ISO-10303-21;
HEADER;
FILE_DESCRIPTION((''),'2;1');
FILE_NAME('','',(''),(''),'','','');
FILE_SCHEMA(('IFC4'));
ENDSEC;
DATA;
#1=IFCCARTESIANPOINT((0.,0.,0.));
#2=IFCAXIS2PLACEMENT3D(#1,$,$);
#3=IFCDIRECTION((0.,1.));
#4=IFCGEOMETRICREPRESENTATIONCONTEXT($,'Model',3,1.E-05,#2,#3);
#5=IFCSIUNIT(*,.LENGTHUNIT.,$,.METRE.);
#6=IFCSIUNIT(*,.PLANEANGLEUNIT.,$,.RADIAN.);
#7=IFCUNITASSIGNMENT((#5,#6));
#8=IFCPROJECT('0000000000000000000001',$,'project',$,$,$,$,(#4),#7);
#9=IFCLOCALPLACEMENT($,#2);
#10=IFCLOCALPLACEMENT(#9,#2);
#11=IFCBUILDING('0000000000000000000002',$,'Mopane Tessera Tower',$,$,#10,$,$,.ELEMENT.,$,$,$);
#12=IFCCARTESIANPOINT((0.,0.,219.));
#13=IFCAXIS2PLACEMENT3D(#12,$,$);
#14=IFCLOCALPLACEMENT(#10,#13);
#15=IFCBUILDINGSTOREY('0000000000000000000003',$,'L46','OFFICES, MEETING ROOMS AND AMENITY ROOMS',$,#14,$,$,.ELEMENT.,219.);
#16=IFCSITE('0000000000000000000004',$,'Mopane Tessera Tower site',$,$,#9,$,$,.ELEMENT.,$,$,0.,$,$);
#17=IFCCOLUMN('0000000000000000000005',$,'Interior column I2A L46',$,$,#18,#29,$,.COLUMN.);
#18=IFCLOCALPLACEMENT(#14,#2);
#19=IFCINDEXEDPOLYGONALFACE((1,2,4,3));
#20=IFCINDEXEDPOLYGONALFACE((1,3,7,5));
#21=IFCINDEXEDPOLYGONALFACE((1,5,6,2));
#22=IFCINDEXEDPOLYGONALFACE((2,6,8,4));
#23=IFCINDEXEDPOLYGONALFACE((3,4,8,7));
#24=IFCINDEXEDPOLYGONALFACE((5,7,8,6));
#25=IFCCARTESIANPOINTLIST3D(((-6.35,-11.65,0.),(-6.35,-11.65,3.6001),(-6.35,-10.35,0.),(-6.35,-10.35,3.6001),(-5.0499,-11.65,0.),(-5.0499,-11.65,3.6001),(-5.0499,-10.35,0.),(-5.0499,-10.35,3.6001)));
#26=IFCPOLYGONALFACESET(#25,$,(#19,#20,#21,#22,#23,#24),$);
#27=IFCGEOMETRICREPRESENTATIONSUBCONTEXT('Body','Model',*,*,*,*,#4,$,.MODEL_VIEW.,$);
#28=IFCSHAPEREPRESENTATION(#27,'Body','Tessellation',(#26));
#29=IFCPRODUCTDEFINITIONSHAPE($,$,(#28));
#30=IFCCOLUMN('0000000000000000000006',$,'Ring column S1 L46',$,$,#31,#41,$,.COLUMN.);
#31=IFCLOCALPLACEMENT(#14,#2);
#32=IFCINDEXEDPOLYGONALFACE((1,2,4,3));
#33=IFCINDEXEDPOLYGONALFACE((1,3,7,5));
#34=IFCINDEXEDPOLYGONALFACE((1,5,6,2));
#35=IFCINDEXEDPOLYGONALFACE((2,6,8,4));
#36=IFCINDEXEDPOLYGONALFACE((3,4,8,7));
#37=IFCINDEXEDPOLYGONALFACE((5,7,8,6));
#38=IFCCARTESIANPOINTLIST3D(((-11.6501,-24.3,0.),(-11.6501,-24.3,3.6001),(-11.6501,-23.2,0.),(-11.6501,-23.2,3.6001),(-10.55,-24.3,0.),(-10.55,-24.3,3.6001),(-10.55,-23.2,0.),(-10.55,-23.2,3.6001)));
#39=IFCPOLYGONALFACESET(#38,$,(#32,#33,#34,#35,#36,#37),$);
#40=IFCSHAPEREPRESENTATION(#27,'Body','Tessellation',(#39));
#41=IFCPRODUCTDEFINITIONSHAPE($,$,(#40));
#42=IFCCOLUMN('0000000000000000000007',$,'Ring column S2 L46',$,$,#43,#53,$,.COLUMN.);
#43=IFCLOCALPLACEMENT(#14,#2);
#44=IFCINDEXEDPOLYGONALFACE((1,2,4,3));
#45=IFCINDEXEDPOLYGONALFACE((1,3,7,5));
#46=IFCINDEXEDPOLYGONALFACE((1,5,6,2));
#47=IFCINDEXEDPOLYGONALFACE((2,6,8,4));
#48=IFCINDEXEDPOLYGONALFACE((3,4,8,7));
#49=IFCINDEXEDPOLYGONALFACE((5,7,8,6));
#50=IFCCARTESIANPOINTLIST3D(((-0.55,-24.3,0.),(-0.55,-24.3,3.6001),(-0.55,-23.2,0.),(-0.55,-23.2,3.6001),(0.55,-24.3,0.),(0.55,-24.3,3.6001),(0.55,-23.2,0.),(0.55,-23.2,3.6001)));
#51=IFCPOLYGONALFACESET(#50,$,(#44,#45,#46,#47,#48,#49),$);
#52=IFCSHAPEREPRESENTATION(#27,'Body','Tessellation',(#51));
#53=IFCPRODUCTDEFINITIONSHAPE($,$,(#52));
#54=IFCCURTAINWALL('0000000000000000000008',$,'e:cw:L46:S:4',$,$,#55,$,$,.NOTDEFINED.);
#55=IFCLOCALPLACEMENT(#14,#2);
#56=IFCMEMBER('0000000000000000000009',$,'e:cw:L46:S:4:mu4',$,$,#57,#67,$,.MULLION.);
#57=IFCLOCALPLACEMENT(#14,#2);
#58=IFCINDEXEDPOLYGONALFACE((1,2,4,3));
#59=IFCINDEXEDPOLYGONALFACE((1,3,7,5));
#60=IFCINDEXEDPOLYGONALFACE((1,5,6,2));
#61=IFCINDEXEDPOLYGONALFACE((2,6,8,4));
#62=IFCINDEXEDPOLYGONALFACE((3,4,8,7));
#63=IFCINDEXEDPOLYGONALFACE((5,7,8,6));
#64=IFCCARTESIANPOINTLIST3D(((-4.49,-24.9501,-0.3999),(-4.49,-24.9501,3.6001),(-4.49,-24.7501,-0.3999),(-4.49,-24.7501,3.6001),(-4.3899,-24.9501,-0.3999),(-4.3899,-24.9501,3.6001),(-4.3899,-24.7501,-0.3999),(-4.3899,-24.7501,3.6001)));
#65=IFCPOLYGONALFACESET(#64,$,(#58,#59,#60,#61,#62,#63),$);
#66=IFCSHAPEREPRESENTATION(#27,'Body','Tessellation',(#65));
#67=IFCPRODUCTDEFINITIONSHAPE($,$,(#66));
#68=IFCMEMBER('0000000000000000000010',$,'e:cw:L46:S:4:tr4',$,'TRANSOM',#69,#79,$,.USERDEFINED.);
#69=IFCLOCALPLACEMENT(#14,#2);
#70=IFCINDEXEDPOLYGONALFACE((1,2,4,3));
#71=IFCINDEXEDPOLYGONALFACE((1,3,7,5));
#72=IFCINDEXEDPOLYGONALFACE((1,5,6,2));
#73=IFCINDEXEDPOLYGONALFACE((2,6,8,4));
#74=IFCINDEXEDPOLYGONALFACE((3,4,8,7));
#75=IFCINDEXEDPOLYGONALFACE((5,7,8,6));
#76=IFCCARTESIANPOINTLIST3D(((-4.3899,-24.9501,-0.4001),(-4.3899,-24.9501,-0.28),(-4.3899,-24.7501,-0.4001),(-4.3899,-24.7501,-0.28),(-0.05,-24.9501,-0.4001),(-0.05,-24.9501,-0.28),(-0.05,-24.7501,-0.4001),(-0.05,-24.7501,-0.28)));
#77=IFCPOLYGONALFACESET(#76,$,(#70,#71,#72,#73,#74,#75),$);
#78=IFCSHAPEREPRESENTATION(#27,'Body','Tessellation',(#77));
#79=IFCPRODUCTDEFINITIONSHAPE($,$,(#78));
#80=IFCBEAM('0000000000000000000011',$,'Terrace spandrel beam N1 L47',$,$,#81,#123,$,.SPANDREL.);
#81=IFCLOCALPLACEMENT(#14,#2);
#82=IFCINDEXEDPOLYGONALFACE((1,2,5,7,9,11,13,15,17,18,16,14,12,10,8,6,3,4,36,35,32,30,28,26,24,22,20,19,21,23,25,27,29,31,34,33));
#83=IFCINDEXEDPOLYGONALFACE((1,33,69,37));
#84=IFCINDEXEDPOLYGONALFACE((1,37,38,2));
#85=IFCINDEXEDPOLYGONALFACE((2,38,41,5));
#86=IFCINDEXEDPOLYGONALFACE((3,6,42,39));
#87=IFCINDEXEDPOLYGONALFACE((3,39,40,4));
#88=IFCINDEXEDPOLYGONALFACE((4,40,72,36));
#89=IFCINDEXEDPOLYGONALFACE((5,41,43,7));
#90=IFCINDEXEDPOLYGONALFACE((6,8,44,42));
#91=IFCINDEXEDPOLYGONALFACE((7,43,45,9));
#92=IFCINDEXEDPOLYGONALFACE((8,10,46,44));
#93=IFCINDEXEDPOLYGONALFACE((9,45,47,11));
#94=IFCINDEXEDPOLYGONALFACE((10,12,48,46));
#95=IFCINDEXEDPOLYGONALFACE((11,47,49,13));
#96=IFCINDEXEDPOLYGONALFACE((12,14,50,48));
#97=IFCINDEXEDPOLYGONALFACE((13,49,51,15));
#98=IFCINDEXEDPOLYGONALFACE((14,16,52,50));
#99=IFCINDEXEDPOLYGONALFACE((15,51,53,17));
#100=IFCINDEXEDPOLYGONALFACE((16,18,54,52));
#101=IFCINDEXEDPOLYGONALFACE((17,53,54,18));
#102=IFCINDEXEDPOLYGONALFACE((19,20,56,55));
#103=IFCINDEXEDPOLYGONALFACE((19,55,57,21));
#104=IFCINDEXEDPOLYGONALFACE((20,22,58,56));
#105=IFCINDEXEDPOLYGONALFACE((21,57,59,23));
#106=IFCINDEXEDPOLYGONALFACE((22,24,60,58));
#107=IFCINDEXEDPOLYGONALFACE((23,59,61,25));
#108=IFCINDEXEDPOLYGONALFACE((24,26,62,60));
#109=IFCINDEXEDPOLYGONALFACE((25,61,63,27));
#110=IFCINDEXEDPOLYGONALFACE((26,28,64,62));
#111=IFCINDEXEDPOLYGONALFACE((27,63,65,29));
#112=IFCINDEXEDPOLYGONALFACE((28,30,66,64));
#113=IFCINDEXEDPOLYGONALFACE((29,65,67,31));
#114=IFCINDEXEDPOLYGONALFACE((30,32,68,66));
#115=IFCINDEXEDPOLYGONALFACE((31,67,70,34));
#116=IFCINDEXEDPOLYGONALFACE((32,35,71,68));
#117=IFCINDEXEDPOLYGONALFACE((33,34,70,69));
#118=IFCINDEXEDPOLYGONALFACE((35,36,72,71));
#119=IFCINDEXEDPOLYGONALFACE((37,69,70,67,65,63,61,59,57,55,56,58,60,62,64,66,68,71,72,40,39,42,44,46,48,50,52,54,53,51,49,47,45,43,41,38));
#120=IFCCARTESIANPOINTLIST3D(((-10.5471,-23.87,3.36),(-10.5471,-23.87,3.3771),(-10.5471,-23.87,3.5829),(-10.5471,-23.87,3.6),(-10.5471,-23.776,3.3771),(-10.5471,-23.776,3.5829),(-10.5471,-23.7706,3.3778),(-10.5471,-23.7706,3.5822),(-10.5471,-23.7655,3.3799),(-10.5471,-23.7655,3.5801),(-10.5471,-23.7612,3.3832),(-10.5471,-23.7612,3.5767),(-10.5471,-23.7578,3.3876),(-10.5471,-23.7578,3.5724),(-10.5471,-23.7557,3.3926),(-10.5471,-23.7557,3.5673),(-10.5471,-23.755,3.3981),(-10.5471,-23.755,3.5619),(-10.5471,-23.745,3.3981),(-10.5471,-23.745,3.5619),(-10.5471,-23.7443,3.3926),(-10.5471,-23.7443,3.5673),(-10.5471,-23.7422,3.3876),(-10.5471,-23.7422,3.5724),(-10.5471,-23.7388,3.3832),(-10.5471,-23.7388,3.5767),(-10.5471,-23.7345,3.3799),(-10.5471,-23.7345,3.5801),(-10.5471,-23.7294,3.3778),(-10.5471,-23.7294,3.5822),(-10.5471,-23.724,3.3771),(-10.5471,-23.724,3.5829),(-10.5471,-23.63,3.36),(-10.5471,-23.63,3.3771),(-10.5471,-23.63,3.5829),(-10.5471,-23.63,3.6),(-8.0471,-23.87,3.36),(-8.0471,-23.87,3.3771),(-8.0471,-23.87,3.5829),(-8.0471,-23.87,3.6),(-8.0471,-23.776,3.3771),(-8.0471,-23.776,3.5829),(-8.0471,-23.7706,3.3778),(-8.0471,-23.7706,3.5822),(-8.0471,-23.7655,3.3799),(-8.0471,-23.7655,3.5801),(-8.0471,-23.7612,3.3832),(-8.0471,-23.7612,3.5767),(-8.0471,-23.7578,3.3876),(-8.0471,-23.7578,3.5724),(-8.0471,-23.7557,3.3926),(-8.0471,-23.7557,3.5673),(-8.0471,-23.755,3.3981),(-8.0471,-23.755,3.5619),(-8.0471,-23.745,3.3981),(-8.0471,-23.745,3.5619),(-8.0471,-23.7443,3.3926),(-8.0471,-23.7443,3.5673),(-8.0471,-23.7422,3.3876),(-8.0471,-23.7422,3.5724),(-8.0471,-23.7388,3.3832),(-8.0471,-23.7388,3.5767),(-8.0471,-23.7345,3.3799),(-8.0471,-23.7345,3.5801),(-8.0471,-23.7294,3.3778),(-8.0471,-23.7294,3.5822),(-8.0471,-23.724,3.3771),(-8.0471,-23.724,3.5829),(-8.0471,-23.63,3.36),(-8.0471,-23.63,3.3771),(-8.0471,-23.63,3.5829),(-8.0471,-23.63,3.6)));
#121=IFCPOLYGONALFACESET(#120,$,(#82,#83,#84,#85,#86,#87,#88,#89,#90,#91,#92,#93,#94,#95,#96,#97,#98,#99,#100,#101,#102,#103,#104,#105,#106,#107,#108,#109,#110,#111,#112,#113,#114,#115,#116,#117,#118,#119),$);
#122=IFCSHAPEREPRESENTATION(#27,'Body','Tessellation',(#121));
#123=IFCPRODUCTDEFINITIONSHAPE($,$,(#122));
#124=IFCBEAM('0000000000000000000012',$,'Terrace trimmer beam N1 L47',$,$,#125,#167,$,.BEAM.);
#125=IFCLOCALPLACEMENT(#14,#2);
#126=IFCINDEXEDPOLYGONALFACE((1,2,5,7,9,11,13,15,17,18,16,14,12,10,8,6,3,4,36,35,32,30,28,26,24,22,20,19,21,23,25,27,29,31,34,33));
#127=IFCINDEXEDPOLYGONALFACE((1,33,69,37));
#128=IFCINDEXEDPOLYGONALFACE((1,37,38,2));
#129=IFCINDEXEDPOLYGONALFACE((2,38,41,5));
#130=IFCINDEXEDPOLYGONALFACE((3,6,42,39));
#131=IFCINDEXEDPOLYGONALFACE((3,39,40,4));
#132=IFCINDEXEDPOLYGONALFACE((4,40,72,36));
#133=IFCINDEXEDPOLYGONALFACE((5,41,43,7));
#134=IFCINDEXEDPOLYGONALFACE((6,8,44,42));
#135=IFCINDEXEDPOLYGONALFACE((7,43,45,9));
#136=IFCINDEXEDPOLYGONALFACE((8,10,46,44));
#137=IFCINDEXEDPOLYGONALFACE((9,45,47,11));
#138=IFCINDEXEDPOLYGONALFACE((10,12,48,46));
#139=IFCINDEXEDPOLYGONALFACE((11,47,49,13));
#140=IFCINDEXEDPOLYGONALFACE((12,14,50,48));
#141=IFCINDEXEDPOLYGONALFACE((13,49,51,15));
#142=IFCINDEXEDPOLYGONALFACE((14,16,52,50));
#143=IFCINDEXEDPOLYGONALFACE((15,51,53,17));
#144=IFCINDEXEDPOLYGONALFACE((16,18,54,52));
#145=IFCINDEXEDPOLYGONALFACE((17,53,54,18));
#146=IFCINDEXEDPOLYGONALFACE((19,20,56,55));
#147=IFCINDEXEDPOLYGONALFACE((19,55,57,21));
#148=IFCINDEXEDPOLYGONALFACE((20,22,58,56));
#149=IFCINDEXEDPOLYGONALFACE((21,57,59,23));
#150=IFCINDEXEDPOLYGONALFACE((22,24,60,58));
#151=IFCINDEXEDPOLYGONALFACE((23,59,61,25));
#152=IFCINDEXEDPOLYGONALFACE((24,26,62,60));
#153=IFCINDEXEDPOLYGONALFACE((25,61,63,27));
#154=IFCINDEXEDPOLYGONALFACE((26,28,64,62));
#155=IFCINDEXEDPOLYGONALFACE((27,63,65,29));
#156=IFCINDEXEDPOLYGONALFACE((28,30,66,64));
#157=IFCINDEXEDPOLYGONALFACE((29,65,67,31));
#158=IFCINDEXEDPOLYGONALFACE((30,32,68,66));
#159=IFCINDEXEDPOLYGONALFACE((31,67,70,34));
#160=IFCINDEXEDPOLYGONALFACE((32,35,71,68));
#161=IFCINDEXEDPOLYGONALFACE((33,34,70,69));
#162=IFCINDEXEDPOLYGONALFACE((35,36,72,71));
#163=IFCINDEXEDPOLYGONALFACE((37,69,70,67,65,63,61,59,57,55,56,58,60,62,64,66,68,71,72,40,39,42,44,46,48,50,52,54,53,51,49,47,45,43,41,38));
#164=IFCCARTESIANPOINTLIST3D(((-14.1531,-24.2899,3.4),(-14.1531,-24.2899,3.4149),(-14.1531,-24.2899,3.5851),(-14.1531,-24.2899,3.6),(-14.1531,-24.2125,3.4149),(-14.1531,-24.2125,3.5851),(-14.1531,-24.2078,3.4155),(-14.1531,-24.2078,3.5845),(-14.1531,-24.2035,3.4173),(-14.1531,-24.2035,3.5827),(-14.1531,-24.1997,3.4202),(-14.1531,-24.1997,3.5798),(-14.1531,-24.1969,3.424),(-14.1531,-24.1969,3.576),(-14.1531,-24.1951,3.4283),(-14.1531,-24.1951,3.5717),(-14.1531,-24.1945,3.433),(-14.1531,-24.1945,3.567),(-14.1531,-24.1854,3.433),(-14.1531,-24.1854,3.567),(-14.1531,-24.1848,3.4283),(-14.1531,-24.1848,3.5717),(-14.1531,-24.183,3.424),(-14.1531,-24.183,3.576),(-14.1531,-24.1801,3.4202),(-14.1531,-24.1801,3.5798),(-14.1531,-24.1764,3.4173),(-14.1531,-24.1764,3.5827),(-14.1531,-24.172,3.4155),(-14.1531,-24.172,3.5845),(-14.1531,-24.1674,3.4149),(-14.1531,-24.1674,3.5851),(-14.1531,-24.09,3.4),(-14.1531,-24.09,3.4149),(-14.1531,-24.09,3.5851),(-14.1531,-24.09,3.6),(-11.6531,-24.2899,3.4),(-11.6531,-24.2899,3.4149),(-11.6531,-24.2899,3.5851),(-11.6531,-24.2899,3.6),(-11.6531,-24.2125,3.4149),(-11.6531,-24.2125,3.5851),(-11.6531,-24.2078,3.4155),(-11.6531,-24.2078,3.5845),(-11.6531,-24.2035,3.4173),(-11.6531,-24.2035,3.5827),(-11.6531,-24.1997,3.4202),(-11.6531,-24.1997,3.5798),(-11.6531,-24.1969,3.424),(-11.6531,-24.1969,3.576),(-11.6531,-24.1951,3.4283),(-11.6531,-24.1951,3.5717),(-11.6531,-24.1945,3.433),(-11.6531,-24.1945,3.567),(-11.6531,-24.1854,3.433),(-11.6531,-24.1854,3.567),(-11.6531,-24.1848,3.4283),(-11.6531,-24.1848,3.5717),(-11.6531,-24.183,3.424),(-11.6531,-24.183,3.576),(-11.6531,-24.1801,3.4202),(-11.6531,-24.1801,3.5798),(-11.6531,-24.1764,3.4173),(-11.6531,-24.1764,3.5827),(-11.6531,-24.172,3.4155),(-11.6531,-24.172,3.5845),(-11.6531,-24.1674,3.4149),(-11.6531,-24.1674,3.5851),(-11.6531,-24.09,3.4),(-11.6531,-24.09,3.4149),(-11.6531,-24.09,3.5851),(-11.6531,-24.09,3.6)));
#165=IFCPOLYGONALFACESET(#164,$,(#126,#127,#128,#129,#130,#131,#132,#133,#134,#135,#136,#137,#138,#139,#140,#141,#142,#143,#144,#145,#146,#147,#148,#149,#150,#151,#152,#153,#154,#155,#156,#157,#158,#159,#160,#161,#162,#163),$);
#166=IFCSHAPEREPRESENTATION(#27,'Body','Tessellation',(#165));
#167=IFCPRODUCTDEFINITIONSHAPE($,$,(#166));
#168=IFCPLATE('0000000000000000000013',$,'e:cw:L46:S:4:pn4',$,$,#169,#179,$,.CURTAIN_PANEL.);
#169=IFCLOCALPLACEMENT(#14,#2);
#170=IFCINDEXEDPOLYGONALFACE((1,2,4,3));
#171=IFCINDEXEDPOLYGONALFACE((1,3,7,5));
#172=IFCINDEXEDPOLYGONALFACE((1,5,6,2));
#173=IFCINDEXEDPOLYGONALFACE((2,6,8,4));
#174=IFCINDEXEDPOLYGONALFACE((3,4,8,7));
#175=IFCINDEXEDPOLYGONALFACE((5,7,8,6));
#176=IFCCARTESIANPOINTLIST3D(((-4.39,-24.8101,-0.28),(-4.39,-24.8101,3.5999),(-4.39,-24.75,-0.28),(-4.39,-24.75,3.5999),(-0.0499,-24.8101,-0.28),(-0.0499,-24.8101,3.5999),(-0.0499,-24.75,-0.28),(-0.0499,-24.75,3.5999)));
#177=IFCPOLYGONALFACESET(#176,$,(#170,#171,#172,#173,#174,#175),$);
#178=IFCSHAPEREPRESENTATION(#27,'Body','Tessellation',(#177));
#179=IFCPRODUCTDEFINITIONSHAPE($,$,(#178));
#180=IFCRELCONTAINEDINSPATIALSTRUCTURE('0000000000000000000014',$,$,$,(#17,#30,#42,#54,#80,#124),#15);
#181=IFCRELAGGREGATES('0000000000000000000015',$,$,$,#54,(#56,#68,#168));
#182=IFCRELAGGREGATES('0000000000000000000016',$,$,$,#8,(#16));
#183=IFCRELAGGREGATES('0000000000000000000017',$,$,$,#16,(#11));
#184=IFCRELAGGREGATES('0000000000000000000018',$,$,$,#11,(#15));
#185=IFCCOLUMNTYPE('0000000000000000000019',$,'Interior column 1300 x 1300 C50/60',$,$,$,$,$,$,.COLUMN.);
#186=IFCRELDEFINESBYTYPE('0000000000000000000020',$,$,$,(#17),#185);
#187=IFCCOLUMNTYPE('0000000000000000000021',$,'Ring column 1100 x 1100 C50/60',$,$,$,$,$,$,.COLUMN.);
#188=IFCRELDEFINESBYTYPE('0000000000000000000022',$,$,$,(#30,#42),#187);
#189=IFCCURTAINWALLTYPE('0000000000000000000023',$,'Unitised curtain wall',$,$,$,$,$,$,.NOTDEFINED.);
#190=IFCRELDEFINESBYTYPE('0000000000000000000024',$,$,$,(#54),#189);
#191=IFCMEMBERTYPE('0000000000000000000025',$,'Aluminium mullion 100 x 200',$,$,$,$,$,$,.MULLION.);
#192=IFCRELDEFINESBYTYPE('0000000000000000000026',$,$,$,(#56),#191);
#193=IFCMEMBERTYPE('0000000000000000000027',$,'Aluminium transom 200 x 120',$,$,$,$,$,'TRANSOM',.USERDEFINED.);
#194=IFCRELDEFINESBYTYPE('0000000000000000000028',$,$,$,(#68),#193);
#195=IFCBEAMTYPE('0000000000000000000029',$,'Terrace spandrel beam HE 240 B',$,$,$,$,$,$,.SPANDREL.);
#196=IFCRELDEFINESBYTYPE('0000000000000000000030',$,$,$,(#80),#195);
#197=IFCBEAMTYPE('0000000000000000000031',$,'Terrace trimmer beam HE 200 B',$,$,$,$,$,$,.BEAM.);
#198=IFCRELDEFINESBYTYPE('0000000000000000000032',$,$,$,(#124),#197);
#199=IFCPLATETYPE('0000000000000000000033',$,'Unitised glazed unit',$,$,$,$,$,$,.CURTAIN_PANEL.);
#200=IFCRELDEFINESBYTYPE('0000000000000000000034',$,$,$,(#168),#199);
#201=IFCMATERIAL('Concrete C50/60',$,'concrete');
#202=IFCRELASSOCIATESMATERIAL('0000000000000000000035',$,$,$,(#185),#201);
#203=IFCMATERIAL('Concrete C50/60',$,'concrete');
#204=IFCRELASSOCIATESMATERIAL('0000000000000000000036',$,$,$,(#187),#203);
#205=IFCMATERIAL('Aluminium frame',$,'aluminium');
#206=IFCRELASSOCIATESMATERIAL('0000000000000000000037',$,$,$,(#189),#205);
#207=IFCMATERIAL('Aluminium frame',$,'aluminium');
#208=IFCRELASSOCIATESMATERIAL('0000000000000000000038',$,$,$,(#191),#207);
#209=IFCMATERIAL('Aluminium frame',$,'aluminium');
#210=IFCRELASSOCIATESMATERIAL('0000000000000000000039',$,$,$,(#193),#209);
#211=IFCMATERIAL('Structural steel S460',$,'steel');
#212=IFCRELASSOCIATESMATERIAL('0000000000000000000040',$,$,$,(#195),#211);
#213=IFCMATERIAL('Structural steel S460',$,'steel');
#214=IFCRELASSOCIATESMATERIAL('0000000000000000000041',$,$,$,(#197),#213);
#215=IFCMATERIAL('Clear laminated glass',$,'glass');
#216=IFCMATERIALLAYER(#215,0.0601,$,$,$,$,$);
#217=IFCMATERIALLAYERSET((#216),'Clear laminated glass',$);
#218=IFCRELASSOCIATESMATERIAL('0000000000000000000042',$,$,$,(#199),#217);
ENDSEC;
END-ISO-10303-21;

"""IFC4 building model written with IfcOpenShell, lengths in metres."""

from ifc_helpers import new_model, si_unit, direction, frame, origin, origin_2d, place, context, subcontext, project, spatial, rectangle, i_section, extrude, material, layer, layer_set, material_profile, profile_set, type_object, element, aggregate, save


model = new_model("IFC4")

# Units and contexts
model_context = context("Model", 3, precision=1e-05, world=origin(), true_north=direction((0.0, 1.0)))
body_context = subcontext(model_context, "Body", "Model", "MODEL_VIEW")
ifc_project = project(units=[si_unit("LENGTHUNIT", "METRE"), si_unit("PLANEANGLEUNIT", "RADIAN")], contexts=[model_context])

# Site, building, storey
site_placement = place(None, origin())
site = spatial("IfcSite", under=ifc_project, at=site_placement, Name="Mopane Tessera Tower site", CompositionType="ELEMENT", RefElevation=0.0)
building_placement = place(site_placement, origin())
building = spatial("IfcBuilding", under=site, at=building_placement, Name="Mopane Tessera Tower", CompositionType="ELEMENT")
storey_placement = place(building_placement, frame((0.0, 0.0, 219.0)))
storey = spatial("IfcBuildingStorey", under=building, at=storey_placement, Name="L46", Description="OFFICES, MEETING ROOMS AND AMENITY ROOMS", CompositionType="ELEMENT", Elevation=219.0)

# Columns
ifc_material_1 = material(Name="Concrete C50/60", Category="concrete")
ifc_material_profile_1 = material_profile(ifc_material_1, rectangle(XDim=1.3, YDim=1.3, at=origin_2d()))
ifc_profile_set_1 = profile_set([ifc_material_profile_1], Name="Concrete C50/60")
column_type_1 = type_object("IfcColumnType", Name="Interior column 1300 x 1300 C50/60", PredefinedType="COLUMN", material=ifc_profile_set_1)
column_placement = place(storey_placement, frame((-5.7, -11.0, 0.0), z_axis=(0.0, 0.0, 1.0), x_axis=(1.0, 0.0, 0.0)))
element("IfcColumn", 1, at=column_placement, inside=storey, type_object=column_type_1, Name="Interior column I2A L46", PredefinedType="COLUMN", context=body_context, shape_type="SweptSolid", body=[
    extrude(rectangle(XDim=1.3, YDim=1.3, at=origin_2d()), origin(), (0.0, 0.0, 1.0), 3.6001),
])
ifc_material_2 = material(Name="Concrete C50/60", Category="concrete")
ifc_material_profile_2 = material_profile(ifc_material_2, rectangle(XDim=1.1001, YDim=1.1001, at=origin_2d()))
ifc_profile_set_2 = profile_set([ifc_material_profile_2], Name="Concrete C50/60")
column_type_2 = type_object("IfcColumnType", Name="Ring column 1100 x 1100 C50/60", PredefinedType="COLUMN", material=ifc_profile_set_2)
for number, where, z_axis, x_axis, name in (
    (2, (-11.1001, -23.75, 0.0), (0.0, 0.0, 1.0), (1.0, 0.0, 0.0), "Ring column S1 L46"),
    (3, (0.0, -23.75, 0.0), (0.0, 0.0, 1.0), (1.0, 0.0, 0.0), "Ring column S2 L46"),
):
    element("IfcColumn", number, at=place(storey_placement, frame(where, z_axis=z_axis, x_axis=x_axis)), inside=storey, type_object=column_type_2, Name=name, PredefinedType="COLUMN", context=body_context, shape_type="SweptSolid", body=[
        extrude(rectangle(XDim=1.1001, YDim=1.1001, at=origin_2d()), origin(), (0.0, 0.0, 1.0), 3.6001),
    ])

# Curtain wall, members
ifc_material_3 = material(Name="Aluminium frame", Category="aluminium")
curtain_wall_type = type_object("IfcCurtainWallType", Name="Unitised curtain wall", PredefinedType="NOTDEFINED", material=ifc_material_3)
curtain_wall_placement = place(storey_placement, origin())
curtain_wall = element("IfcCurtainWall", 4, at=curtain_wall_placement, inside=storey, type_object=curtain_wall_type, Name="e:cw:L46:S:4", PredefinedType="NOTDEFINED")
ifc_material_4 = material(Name="Aluminium frame", Category="aluminium")
ifc_material_profile_3 = material_profile(ifc_material_4, rectangle(XDim=0.1001, YDim=0.2, at=origin_2d()))
ifc_profile_set_3 = profile_set([ifc_material_profile_3], Name="Aluminium frame")
member_type_1 = type_object("IfcMemberType", Name="Aluminium mullion 100 x 200", PredefinedType="MULLION", material=ifc_profile_set_3)
member_1_placement = place(storey_placement, frame((-4.4399, -24.8501, -0.3999), z_axis=(0.0, 0.0, 1.0), x_axis=(1.0, 0.0, 0.0)))
member_1 = element("IfcMember", 5, at=member_1_placement, type_object=member_type_1, Name="e:cw:L46:S:4:mu4", PredefinedType="MULLION", context=body_context, shape_type="SweptSolid", body=[
    extrude(rectangle(XDim=0.1001, YDim=0.2, at=origin_2d()), origin(), (0.0, 0.0, 1.0), 4.0),
])
ifc_material_5 = material(Name="Aluminium frame", Category="aluminium")
ifc_material_profile_4 = material_profile(ifc_material_5, rectangle(XDim=0.2, YDim=0.1201, at=origin_2d()))
ifc_profile_set_4 = profile_set([ifc_material_profile_4], Name="Aluminium frame")
member_type_2 = type_object("IfcMemberType", Name="Aluminium transom 200 x 120", ElementType="TRANSOM", PredefinedType="USERDEFINED", material=ifc_profile_set_4)
member_2_placement = place(storey_placement, frame((-4.3899, -24.8501, -0.3401), z_axis=(1.0, 0.0, 0.0), x_axis=(0.0, 1.0, 0.0)))
member_2 = element("IfcMember", 6, at=member_2_placement, type_object=member_type_2, Name="e:cw:L46:S:4:tr4", ObjectType="TRANSOM", PredefinedType="USERDEFINED", context=body_context, shape_type="SweptSolid", body=[
    extrude(rectangle(XDim=0.2, YDim=0.1201, at=origin_2d()), origin(), (0.0, 0.0, 1.0), 4.3398),
])

# Beams
ifc_material_6 = material(Name="Structural steel S460", Category="steel")
ifc_material_profile_5 = material_profile(ifc_material_6, i_section(OverallWidth=0.24, OverallDepth=0.24, WebThickness=0.01, FlangeThickness=0.0171, FilletRadius=0.021, at=origin_2d()))
ifc_profile_set_5 = profile_set([ifc_material_profile_5], Name="Structural steel S460")
beam_type_1 = type_object("IfcBeamType", Name="Terrace spandrel beam HE 240 B", PredefinedType="SPANDREL", material=ifc_profile_set_5)
beam_1_placement = place(storey_placement, frame((-10.5471, -23.75, 3.48), z_axis=(1.0, 0.0, 0.0), x_axis=(0.0, 1.0, 0.0)))
element("IfcBeam", 7, at=beam_1_placement, inside=storey, type_object=beam_type_1, Name="Terrace spandrel beam N1 L47", PredefinedType="SPANDREL", context=body_context, shape_type="SweptSolid", body=[
    extrude(i_section(OverallWidth=0.24, OverallDepth=0.24, WebThickness=0.01, FlangeThickness=0.0171, FilletRadius=0.021, at=origin_2d()), origin(), (0.0, 0.0, 1.0), 2.5),
])
ifc_material_7 = material(Name="Structural steel S460", Category="steel")
ifc_material_profile_6 = material_profile(ifc_material_7, i_section(OverallWidth=0.2, OverallDepth=0.2, WebThickness=0.009, FlangeThickness=0.0149, FilletRadius=0.0181, at=origin_2d()))
ifc_profile_set_6 = profile_set([ifc_material_profile_6], Name="Structural steel S460")
beam_type_2 = type_object("IfcBeamType", Name="Terrace trimmer beam HE 200 B", PredefinedType="BEAM", material=ifc_profile_set_6)
beam_2_placement = place(storey_placement, frame((-11.6531, -24.1899, 3.5), z_axis=(-1.0, 0.0, 0.0), x_axis=(0.0, -1.0, 0.0)))
element("IfcBeam", 8, at=beam_2_placement, inside=storey, type_object=beam_type_2, Name="Terrace trimmer beam N1 L47", PredefinedType="BEAM", context=body_context, shape_type="SweptSolid", body=[
    extrude(i_section(OverallWidth=0.2, OverallDepth=0.2, WebThickness=0.009, FlangeThickness=0.0149, FilletRadius=0.0181, at=origin_2d()), origin(), (0.0, 0.0, 1.0), 2.5),
])

# Plate
ifc_material_8 = material(Name="Clear laminated glass", Category="glass")
ifc_layer_1 = layer(ifc_material_8, 0.0601)
ifc_layer_set_1 = layer_set([ifc_layer_1], Name="Clear laminated glass")
plate_type = type_object("IfcPlateType", Name="Unitised glazed unit", PredefinedType="CURTAIN_PANEL", material=ifc_layer_set_1)
plate_placement = place(storey_placement, frame((-2.22, -24.78, -0.28), z_axis=(0.0, 0.0, 1.0), x_axis=(1.0, 0.0, 0.0)))
plate = element("IfcPlate", 9, at=plate_placement, type_object=plate_type, Name="e:cw:L46:S:4:pn4", PredefinedType="CURTAIN_PANEL", context=body_context, shape_type="SweptSolid", body=[
    extrude(rectangle(XDim=4.3401, YDim=0.0601, at=origin_2d()), origin(), (0.0, 0.0, 1.0), 3.8799),
])
aggregate(curtain_wall, [member_1, member_2, plate])

save(model, "model.ifc")
